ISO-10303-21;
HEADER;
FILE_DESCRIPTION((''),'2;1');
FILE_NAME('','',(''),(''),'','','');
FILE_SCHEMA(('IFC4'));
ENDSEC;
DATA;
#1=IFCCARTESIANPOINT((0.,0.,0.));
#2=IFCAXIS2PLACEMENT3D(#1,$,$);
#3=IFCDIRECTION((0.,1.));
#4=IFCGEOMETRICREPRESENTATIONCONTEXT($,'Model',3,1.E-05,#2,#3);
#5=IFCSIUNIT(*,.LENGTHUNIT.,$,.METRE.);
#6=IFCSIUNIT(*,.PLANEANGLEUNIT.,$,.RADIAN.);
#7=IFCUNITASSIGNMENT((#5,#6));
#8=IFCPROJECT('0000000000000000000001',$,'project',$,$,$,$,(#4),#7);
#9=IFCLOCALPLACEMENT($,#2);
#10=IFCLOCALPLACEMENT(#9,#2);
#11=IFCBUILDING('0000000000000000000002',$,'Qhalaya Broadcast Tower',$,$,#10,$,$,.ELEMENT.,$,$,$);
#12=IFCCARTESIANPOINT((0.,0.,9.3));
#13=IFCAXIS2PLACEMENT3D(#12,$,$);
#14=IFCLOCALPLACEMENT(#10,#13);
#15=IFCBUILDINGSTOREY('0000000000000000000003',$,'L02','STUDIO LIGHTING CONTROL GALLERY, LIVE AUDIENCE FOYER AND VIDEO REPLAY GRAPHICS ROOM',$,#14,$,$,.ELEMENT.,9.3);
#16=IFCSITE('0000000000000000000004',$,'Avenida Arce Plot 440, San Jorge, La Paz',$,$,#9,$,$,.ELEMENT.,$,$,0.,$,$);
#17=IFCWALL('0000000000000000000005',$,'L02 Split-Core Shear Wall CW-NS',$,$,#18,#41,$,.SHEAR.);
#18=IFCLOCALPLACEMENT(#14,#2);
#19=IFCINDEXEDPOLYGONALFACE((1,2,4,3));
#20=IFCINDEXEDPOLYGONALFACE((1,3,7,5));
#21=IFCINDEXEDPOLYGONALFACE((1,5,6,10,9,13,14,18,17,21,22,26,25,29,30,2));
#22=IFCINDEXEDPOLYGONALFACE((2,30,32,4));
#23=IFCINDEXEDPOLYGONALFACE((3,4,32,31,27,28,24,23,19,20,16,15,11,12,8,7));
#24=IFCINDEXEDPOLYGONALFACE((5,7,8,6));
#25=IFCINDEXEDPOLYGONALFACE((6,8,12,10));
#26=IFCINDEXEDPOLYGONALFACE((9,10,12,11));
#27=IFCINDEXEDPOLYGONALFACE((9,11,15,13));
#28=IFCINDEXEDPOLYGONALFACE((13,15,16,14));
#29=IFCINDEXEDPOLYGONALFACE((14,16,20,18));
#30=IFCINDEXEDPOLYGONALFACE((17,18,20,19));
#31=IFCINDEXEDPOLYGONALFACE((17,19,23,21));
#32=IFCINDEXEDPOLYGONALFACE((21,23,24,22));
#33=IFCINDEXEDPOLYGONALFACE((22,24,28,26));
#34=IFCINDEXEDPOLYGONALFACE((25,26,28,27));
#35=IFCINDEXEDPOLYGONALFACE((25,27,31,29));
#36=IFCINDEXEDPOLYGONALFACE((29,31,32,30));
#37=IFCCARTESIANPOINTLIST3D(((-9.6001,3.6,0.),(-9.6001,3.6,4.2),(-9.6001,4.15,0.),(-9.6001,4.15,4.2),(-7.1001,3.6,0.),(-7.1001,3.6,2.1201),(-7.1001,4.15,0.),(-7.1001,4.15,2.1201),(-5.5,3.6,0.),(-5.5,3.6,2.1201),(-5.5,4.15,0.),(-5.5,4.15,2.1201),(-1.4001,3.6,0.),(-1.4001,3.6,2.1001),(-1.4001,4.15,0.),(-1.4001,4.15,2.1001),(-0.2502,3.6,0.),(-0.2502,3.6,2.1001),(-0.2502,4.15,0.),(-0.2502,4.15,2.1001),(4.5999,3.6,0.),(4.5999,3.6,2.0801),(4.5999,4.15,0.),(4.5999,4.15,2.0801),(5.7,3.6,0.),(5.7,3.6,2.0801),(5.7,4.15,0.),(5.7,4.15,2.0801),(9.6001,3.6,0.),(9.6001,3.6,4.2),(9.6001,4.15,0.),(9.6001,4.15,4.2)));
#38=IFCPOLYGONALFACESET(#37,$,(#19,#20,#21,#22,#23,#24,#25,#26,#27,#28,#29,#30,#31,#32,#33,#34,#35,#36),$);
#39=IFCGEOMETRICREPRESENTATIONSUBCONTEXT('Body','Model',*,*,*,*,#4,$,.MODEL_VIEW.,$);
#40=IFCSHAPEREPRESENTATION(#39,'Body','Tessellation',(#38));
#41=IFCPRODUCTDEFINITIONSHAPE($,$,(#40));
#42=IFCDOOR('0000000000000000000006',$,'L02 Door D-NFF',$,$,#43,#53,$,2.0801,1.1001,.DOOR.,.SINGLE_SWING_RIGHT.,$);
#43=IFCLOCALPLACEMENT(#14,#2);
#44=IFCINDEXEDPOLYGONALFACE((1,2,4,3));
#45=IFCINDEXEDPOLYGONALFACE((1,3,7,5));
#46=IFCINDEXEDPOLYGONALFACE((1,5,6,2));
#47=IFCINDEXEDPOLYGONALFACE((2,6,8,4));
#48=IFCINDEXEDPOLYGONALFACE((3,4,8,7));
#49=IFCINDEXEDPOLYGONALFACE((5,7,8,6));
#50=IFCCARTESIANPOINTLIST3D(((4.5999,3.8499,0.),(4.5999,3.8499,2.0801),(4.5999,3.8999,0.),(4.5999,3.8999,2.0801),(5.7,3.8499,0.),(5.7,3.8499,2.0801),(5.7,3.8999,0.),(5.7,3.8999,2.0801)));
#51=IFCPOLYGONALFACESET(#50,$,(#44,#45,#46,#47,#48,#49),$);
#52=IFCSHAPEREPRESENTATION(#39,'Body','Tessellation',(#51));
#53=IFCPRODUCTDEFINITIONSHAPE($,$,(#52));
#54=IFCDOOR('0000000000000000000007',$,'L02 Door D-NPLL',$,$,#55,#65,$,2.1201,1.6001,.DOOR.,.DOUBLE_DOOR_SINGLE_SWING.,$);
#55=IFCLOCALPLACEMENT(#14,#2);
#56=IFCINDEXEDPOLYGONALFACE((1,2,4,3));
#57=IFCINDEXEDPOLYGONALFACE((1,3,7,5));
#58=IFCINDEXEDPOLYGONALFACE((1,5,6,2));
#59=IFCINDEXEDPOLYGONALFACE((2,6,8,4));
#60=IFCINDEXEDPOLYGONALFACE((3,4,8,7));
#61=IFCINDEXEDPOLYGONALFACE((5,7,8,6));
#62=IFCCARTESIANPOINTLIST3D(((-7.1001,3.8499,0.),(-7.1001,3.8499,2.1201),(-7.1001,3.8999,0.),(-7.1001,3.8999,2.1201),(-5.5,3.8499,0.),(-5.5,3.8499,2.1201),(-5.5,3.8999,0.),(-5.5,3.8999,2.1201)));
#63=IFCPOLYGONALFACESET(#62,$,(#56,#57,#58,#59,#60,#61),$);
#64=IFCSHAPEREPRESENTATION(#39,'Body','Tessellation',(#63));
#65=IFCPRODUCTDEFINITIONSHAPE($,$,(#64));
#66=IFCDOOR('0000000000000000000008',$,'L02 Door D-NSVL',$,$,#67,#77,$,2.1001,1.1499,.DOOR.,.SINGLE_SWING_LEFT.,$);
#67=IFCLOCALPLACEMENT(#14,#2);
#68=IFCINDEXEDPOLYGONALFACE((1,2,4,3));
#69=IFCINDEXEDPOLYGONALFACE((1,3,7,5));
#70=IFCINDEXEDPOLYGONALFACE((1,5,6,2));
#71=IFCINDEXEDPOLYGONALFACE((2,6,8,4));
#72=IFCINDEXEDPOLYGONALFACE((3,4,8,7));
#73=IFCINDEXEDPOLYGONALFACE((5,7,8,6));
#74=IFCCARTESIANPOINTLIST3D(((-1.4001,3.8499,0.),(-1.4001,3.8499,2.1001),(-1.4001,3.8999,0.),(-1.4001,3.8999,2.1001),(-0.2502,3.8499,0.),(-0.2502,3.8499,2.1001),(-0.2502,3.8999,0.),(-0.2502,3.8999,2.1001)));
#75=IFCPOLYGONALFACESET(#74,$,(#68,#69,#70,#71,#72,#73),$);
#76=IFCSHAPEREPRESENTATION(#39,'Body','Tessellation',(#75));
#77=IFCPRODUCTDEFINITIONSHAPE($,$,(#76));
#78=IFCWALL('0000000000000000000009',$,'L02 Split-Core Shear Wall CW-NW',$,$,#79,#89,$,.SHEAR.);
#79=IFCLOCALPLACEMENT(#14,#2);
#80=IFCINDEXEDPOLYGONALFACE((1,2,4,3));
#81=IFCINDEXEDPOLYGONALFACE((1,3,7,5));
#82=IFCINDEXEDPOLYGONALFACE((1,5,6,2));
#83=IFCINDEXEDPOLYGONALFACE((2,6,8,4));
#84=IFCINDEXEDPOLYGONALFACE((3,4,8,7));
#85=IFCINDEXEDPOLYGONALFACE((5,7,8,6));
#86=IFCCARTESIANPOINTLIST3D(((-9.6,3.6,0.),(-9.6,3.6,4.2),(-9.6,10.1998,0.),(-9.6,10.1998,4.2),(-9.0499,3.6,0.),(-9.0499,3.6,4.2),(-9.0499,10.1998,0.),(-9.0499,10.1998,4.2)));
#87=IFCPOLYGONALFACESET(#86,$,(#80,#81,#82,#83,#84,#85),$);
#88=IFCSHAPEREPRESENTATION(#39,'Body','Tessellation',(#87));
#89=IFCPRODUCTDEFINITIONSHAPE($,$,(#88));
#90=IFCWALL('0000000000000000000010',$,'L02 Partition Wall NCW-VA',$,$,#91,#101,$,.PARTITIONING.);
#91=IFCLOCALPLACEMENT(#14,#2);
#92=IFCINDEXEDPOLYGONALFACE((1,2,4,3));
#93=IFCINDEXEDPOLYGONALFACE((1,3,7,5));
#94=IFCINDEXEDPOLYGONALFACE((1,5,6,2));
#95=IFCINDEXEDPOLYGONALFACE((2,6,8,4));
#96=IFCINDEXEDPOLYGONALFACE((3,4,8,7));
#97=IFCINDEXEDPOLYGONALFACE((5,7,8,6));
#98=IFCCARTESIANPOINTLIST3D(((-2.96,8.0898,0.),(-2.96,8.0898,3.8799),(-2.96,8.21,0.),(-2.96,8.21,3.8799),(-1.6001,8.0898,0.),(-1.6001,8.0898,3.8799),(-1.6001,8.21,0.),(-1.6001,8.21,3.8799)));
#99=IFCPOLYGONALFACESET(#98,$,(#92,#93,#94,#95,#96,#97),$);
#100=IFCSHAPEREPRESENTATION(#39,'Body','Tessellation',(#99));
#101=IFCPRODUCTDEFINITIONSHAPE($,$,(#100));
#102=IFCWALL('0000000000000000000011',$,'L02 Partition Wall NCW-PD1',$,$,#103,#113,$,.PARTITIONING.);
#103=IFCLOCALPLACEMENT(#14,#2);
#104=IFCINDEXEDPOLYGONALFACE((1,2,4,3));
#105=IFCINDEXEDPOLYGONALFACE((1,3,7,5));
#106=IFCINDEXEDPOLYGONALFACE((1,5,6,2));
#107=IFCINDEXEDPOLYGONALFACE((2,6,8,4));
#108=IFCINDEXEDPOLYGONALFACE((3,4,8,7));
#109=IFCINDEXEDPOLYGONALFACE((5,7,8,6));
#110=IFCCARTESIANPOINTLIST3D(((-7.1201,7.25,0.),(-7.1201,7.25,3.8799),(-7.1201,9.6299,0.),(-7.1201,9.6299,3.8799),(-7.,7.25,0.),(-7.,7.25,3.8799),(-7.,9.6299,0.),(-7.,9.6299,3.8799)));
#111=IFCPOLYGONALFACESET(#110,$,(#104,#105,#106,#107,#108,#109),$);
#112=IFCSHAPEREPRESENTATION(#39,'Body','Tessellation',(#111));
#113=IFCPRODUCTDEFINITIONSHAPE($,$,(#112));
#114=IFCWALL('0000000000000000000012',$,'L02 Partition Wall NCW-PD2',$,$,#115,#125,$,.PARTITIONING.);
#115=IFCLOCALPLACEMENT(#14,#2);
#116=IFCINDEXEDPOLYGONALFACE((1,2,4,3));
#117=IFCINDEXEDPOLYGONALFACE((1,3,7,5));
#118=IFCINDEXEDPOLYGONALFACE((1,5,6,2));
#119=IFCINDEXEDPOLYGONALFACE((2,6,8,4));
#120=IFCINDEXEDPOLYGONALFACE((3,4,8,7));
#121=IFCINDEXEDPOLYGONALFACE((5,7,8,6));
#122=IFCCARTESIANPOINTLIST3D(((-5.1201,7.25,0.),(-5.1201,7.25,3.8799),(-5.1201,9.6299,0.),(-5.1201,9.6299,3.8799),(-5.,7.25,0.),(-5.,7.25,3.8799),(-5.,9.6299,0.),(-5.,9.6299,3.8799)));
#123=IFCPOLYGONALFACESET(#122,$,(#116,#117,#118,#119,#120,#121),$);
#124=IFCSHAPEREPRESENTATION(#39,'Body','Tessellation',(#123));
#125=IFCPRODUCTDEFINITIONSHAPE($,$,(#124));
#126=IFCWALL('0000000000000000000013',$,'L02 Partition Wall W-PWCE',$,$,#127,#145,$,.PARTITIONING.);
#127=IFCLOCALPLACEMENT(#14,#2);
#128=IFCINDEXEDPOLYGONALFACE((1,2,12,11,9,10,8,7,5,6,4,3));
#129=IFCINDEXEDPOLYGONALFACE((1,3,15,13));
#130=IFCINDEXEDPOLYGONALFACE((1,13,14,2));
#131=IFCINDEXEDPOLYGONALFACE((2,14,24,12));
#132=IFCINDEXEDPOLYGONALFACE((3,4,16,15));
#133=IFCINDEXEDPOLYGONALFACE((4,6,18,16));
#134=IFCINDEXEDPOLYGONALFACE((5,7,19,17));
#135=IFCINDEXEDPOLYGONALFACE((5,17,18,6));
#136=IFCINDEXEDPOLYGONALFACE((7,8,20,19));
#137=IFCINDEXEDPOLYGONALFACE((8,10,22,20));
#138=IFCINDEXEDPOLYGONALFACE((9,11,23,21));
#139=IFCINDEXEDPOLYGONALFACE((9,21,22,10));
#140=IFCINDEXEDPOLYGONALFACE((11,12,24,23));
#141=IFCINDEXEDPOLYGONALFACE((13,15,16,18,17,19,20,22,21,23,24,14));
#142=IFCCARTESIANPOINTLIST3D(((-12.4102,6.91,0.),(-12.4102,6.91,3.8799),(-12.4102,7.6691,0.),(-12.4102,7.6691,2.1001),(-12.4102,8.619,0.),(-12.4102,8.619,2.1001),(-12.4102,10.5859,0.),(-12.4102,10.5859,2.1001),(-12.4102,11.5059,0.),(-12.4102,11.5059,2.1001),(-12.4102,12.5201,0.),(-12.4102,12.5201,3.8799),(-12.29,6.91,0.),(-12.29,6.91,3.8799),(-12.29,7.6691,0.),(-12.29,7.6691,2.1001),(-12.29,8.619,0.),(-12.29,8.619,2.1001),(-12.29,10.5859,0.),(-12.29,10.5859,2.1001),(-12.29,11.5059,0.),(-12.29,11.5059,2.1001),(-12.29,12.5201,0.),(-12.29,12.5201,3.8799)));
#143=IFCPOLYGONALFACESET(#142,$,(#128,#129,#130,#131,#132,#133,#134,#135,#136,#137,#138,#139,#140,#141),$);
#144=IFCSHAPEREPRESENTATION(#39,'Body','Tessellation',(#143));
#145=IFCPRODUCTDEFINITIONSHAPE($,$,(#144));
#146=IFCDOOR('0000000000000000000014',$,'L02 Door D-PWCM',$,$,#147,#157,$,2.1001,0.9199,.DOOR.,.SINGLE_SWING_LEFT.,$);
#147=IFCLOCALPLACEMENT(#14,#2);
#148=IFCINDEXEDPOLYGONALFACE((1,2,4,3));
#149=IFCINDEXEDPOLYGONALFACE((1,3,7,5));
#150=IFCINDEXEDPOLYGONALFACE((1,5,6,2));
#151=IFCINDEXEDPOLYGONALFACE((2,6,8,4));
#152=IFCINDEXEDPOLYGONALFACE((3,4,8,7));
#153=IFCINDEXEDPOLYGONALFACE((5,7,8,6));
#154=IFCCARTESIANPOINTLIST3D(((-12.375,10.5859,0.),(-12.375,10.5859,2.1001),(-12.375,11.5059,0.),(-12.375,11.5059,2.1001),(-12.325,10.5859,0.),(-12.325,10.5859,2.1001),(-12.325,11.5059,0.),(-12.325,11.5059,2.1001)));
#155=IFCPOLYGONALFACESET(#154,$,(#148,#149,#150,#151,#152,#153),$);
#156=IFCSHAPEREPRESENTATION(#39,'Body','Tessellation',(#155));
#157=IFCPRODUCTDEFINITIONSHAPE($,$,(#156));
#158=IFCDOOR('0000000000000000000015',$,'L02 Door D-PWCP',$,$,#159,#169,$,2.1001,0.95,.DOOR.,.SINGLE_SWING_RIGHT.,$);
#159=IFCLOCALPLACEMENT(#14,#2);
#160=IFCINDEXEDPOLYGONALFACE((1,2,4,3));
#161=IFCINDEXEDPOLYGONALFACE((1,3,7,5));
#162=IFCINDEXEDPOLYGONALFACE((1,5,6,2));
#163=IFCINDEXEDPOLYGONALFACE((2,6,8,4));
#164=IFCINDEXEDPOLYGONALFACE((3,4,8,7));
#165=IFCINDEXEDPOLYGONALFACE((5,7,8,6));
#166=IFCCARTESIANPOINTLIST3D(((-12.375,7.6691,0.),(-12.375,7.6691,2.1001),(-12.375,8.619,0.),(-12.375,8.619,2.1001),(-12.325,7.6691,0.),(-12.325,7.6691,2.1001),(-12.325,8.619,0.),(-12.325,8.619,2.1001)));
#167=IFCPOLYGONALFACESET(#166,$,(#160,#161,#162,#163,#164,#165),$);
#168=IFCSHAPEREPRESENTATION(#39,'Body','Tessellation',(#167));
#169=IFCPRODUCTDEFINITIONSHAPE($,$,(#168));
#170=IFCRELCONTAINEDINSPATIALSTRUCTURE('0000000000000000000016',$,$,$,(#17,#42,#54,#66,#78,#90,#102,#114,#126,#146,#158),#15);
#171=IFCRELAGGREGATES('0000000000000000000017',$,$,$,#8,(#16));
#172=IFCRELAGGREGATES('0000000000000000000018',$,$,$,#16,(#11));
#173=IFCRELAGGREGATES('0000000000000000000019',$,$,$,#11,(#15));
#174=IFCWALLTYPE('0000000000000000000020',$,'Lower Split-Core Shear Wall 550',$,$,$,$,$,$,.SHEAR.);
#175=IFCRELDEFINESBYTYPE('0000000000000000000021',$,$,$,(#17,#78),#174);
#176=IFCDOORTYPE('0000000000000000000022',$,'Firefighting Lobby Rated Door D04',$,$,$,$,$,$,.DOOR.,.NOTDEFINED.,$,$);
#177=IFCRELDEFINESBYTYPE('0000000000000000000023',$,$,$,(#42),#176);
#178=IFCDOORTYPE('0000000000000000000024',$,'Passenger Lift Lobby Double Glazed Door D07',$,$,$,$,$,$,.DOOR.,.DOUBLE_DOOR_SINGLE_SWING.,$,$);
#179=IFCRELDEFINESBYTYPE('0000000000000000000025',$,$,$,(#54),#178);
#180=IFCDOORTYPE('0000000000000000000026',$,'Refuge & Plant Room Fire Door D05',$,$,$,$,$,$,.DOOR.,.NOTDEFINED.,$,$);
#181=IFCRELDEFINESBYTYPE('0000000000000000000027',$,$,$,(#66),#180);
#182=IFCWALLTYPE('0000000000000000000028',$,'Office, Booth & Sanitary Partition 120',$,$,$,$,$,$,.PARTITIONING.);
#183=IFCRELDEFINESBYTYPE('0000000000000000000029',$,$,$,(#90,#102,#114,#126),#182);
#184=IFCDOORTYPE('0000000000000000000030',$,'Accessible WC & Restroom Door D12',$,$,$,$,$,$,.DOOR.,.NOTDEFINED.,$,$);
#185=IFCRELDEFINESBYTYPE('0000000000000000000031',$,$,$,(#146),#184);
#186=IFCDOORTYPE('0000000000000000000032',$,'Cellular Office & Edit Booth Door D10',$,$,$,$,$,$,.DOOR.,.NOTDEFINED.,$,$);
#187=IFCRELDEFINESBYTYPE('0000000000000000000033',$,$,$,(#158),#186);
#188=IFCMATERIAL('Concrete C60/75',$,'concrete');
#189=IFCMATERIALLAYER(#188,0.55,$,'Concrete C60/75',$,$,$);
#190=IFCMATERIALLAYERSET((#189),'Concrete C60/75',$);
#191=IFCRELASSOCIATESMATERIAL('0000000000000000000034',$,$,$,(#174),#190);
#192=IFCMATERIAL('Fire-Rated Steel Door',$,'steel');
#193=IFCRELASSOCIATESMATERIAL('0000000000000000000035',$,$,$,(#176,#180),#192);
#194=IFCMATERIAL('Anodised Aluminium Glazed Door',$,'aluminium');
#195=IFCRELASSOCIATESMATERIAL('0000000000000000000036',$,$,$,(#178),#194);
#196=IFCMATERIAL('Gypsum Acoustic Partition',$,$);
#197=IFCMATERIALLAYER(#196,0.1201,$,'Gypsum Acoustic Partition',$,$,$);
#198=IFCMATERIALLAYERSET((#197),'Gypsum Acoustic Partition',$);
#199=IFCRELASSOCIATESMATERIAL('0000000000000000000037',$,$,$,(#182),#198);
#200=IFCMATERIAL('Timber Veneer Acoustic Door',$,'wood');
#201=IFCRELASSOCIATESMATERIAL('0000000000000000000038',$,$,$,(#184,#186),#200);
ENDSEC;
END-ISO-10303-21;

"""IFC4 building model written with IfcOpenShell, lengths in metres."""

from ifc_helpers import new_model, si_unit, direction, frame, frame_2d, origin, place, context, subcontext, project, spatial, rectangle, extrude, material, layer, layer_set, type_object, element, fill, save


model = new_model("IFC4")

# Units and contexts
model_context = context("Model", 3, precision=1e-05, world=origin(), true_north=direction((0.0, 1.0)))
body_context = subcontext(model_context, "Body", "Model", "MODEL_VIEW")
ifc_project = project(units=[si_unit("LENGTHUNIT", "METRE"), si_unit("PLANEANGLEUNIT", "RADIAN")], contexts=[model_context])

# Site, building, storey
site_placement = place(None, origin())
site = spatial("IfcSite", under=ifc_project, at=site_placement, Name="Avenida Arce Plot 440, San Jorge, La Paz", CompositionType="ELEMENT", RefElevation=0.0)
building_placement = place(site_placement, origin())
building = spatial("IfcBuilding", under=site, at=building_placement, Name="Qhalaya Broadcast Tower", CompositionType="ELEMENT")
storey_placement = place(building_placement, frame((0.0, 0.0, 9.3)))
storey = spatial("IfcBuildingStorey", under=building, at=storey_placement, Name="L02", Description="STUDIO LIGHTING CONTROL GALLERY, LIVE AUDIENCE FOYER AND VIDEO REPLAY GRAPHICS ROOM", CompositionType="ELEMENT", Elevation=9.3)

# Shared definitions
ifc_material_1 = material(Name="Concrete C60/75", Category="concrete")

# Shared definitions
ifc_material_2 = material(Name="Fire-Rated Steel Door", Category="steel")

# Wall, openings, doors
ifc_layer_1 = layer(ifc_material_1, 0.55, Name="Concrete C60/75")
ifc_layer_set_1 = layer_set([ifc_layer_1], Name="Concrete C60/75")
wall_type_1 = type_object("IfcWallType", Name="Lower Split-Core Shear Wall 550", PredefinedType="SHEAR", material=ifc_layer_set_1)
wall_1_placement = place(storey_placement, frame((-9.6001, 3.875, 0.0), z_axis=(0.0, 0.0, 1.0), x_axis=(1.0, 0.0, 0.0)))
wall_1 = element("IfcWall", 1, at=wall_1_placement, inside=storey, type_object=wall_type_1, Name="L02 Split-Core Shear Wall CW-NS", PredefinedType="SHEAR", context=body_context, shape_type="SweptSolid", body=[
    extrude(rectangle(XDim=19.2002, YDim=0.55, at=frame_2d((9.6001, 0.0))), origin(), (0.0, 0.0, 1.0), 4.2),
])
opening_1_placement = place(wall_1_placement, frame((14.2, 0.0, 0.0)))
opening_1 = element("IfcOpeningElement", 2, at=opening_1_placement, cuts=wall_1, PredefinedType="OPENING", context=body_context, shape_type="SweptSolid", body=[
    extrude(rectangle(XDim=1.1001, YDim=2.0801, at=frame_2d((0.55, 1.04))), frame((0.0, 0.2871, 0.0), z_axis=(0.0, -1.0, 0.0), x_axis=(1.0, 0.0, 0.0)), (0.0, 0.0, 1.0), 0.574),
])
opening_2_placement = place(wall_1_placement, frame((8.2, 0.0, 0.0)))
opening_2 = element("IfcOpeningElement", 3, at=opening_2_placement, cuts=wall_1, PredefinedType="OPENING", context=body_context, shape_type="SweptSolid", body=[
    extrude(rectangle(XDim=1.1499, YDim=2.1001, at=frame_2d((0.575, 1.05))), frame((0.0, 0.2871, 0.0), z_axis=(0.0, -1.0, 0.0), x_axis=(1.0, 0.0, 0.0)), (0.0, 0.0, 1.0), 0.574),
])
opening_3_placement = place(wall_1_placement, frame((2.5, 0.0, 0.0)))
opening_3 = element("IfcOpeningElement", 4, at=opening_3_placement, cuts=wall_1, PredefinedType="OPENING", context=body_context, shape_type="SweptSolid", body=[
    extrude(rectangle(XDim=1.6001, YDim=2.1201, at=frame_2d((0.8, 1.0601))), frame((0.0, 0.2871, 0.0), z_axis=(0.0, -1.0, 0.0), x_axis=(1.0, 0.0, 0.0)), (0.0, 0.0, 1.0), 0.574),
])
door_type_1 = type_object("IfcDoorType", Name="Firefighting Lobby Rated Door D04", OperationType="NOTDEFINED", PredefinedType="DOOR", material=ifc_material_2)
door_1_placement = place(opening_1_placement, origin())
door_1 = element("IfcDoor", 5, at=door_1_placement, inside=storey, type_object=door_type_1, Name="L02 Door D-NFF", OperationType="SINGLE_SWING_RIGHT", OverallHeight=2.0801, OverallWidth=1.1001, PredefinedType="DOOR", context=body_context, shape_type="SweptSolid", body=[
    extrude(rectangle(XDim=1.1001, YDim=2.0801, at=frame_2d((0.55, 1.04))), frame((0.0, 0.0249, 0.0), z_axis=(0.0, -1.0, 0.0), x_axis=(1.0, 0.0, 0.0)), (0.0, 0.0, 1.0), 0.05),
])
fill(opening_1, door_1)
ifc_material_3 = material(Name="Anodised Aluminium Glazed Door", Category="aluminium")
door_type_2 = type_object("IfcDoorType", Name="Passenger Lift Lobby Double Glazed Door D07", OperationType="DOUBLE_DOOR_SINGLE_SWING", PredefinedType="DOOR", material=ifc_material_3)
door_2_placement = place(opening_3_placement, origin())
door_2 = element("IfcDoor", 6, at=door_2_placement, inside=storey, type_object=door_type_2, Name="L02 Door D-NPLL", OperationType="DOUBLE_DOOR_SINGLE_SWING", OverallHeight=2.1201, OverallWidth=1.6001, PredefinedType="DOOR", context=body_context, shape_type="SweptSolid", body=[
    extrude(rectangle(XDim=1.6001, YDim=2.1201, at=frame_2d((0.8, 1.0601))), frame((0.0, 0.0249, 0.0), z_axis=(0.0, -1.0, 0.0), x_axis=(1.0, 0.0, 0.0)), (0.0, 0.0, 1.0), 0.05),
])
fill(opening_3, door_2)
door_type_3 = type_object("IfcDoorType", Name="Refuge & Plant Room Fire Door D05", OperationType="NOTDEFINED", PredefinedType="DOOR", material=ifc_material_2)
door_3_placement = place(opening_2_placement, origin())
door_3 = element("IfcDoor", 7, at=door_3_placement, inside=storey, type_object=door_type_3, Name="L02 Door D-NSVL", OperationType="SINGLE_SWING_LEFT", OverallHeight=2.1001, OverallWidth=1.1499, PredefinedType="DOOR", context=body_context, shape_type="SweptSolid", body=[
    extrude(rectangle(XDim=1.1499, YDim=2.1001, at=frame_2d((0.575, 1.05))), frame((0.0, 0.0249, 0.0), z_axis=(0.0, -1.0, 0.0), x_axis=(1.0, 0.0, 0.0)), (0.0, 0.0, 1.0), 0.05),
])
fill(opening_2, door_3)

# Walls
wall_2_placement = place(storey_placement, frame((-9.325, 3.6001, 0.0), z_axis=(0.0, 0.0, 1.0), x_axis=(0.0, 1.0, 0.0)))
element("IfcWall", 8, at=wall_2_placement, inside=storey, type_object=wall_type_1, Name="L02 Split-Core Shear Wall CW-NW", PredefinedType="SHEAR", context=body_context, shape_type="SweptSolid", body=[
    extrude(rectangle(XDim=6.5999, YDim=0.55, at=frame_2d((3.2998, 0.0))), origin(), (0.0, 0.0, 1.0), 4.2),
])
ifc_material_4 = material(Name="Gypsum Acoustic Partition")
ifc_layer_2 = layer(ifc_material_4, 0.1201, Name="Gypsum Acoustic Partition")
ifc_layer_set_2 = layer_set([ifc_layer_2], Name="Gypsum Acoustic Partition")
wall_type_2 = type_object("IfcWallType", Name="Office, Booth & Sanitary Partition 120", PredefinedType="PARTITIONING", material=ifc_layer_set_2)
wall_3_placement = place(storey_placement, frame((-2.96, 8.1499, 0.0), z_axis=(0.0, 0.0, 1.0), x_axis=(1.0, 0.0, 0.0)))
element("IfcWall", 9, at=wall_3_placement, inside=storey, type_object=wall_type_2, Name="L02 Partition Wall NCW-VA", PredefinedType="PARTITIONING", context=body_context, shape_type="SweptSolid", body=[
    extrude(rectangle(XDim=1.3599, YDim=0.1201, at=frame_2d((0.6799, 0.0))), origin(), (0.0, 0.0, 1.0), 3.8799),
])
for number, where, z_axis, x_axis, name in (
    (10, (-7.0601, 7.25, 0.0), (0.0, 0.0, 1.0), (0.0, 1.0, 0.0), "L02 Partition Wall NCW-PD1"),
    (11, (-5.0601, 7.25, 0.0), (0.0, 0.0, 1.0), (0.0, 1.0, 0.0), "L02 Partition Wall NCW-PD2"),
):
    element("IfcWall", number, at=place(storey_placement, frame(where, z_axis=z_axis, x_axis=x_axis)), inside=storey, type_object=wall_type_2, Name=name, PredefinedType="PARTITIONING", context=body_context, shape_type="SweptSolid", body=[
        extrude(rectangle(XDim=2.3799, YDim=0.1201, at=frame_2d((1.1899, 0.0))), origin(), (0.0, 0.0, 1.0), 3.8799),
    ])

# Wall, openings, doors
wall_4_placement = place(storey_placement, frame((-12.3501, 6.9099, 0.0), z_axis=(0.0, 0.0, 1.0), x_axis=(0.0, 1.0, 0.0)))
wall_4 = element("IfcWall", 12, at=wall_4_placement, inside=storey, type_object=wall_type_2, Name="L02 Partition Wall W-PWCE", PredefinedType="PARTITIONING", context=body_context, shape_type="SweptSolid", body=[
    extrude(rectangle(XDim=5.6101, YDim=0.1201, at=frame_2d((2.8052, 0.0))), origin(), (0.0, 0.0, 1.0), 3.8799),
])
opening_4_placement = place(wall_4_placement, frame((0.759, 0.0, 0.0)))
opening_4 = element("IfcOpeningElement", 13, at=opening_4_placement, cuts=wall_4, PredefinedType="OPENING", context=body_context, shape_type="SweptSolid", body=[
    extrude(rectangle(XDim=0.95, YDim=2.1001, at=frame_2d((0.4751, 1.05))), frame((0.0, 0.072, 0.0), z_axis=(0.0, -1.0, 0.0), x_axis=(1.0, 0.0, 0.0)), (0.0, 0.0, 1.0), 0.144),
])
opening_5_placement = place(wall_4_placement, frame((3.676, 0.0, 0.0)))
opening_5 = element("IfcOpeningElement", 14, at=opening_5_placement, cuts=wall_4, PredefinedType="OPENING", context=body_context, shape_type="SweptSolid", body=[
    extrude(rectangle(XDim=0.9199, YDim=2.1001, at=frame_2d((0.46, 1.05))), frame((0.0, 0.072, 0.0), z_axis=(0.0, -1.0, 0.0), x_axis=(1.0, 0.0, 0.0)), (0.0, 0.0, 1.0), 0.144),
])
ifc_material_5 = material(Name="Timber Veneer Acoustic Door", Category="wood")
door_type_4 = type_object("IfcDoorType", Name="Accessible WC & Restroom Door D12", OperationType="NOTDEFINED", PredefinedType="DOOR", material=ifc_material_5)
door_4_placement = place(opening_5_placement, origin())
door_4 = element("IfcDoor", 15, at=door_4_placement, inside=storey, type_object=door_type_4, Name="L02 Door D-PWCM", OperationType="SINGLE_SWING_LEFT", OverallHeight=2.1001, OverallWidth=0.9199, PredefinedType="DOOR", context=body_context, shape_type="SweptSolid", body=[
    extrude(rectangle(XDim=0.9199, YDim=2.1001, at=frame_2d((0.46, 1.05))), frame((0.0, 0.0249, 0.0), z_axis=(0.0, -1.0, 0.0), x_axis=(1.0, 0.0, 0.0)), (0.0, 0.0, 1.0), 0.05),
])
fill(opening_5, door_4)
door_type_5 = type_object("IfcDoorType", Name="Cellular Office & Edit Booth Door D10", OperationType="NOTDEFINED", PredefinedType="DOOR", material=ifc_material_5)
door_5_placement = place(opening_4_placement, origin())
door_5 = element("IfcDoor", 16, at=door_5_placement, inside=storey, type_object=door_type_5, Name="L02 Door D-PWCP", OperationType="SINGLE_SWING_RIGHT", OverallHeight=2.1001, OverallWidth=0.95, PredefinedType="DOOR", context=body_context, shape_type="SweptSolid", body=[
    extrude(rectangle(XDim=0.95, YDim=2.1001, at=frame_2d((0.4751, 1.05))), frame((0.0, 0.0249, 0.0), z_axis=(0.0, -1.0, 0.0), x_axis=(1.0, 0.0, 0.0)), (0.0, 0.0, 1.0), 0.05),
])
fill(opening_4, door_5)

save(model, "model.ifc")
